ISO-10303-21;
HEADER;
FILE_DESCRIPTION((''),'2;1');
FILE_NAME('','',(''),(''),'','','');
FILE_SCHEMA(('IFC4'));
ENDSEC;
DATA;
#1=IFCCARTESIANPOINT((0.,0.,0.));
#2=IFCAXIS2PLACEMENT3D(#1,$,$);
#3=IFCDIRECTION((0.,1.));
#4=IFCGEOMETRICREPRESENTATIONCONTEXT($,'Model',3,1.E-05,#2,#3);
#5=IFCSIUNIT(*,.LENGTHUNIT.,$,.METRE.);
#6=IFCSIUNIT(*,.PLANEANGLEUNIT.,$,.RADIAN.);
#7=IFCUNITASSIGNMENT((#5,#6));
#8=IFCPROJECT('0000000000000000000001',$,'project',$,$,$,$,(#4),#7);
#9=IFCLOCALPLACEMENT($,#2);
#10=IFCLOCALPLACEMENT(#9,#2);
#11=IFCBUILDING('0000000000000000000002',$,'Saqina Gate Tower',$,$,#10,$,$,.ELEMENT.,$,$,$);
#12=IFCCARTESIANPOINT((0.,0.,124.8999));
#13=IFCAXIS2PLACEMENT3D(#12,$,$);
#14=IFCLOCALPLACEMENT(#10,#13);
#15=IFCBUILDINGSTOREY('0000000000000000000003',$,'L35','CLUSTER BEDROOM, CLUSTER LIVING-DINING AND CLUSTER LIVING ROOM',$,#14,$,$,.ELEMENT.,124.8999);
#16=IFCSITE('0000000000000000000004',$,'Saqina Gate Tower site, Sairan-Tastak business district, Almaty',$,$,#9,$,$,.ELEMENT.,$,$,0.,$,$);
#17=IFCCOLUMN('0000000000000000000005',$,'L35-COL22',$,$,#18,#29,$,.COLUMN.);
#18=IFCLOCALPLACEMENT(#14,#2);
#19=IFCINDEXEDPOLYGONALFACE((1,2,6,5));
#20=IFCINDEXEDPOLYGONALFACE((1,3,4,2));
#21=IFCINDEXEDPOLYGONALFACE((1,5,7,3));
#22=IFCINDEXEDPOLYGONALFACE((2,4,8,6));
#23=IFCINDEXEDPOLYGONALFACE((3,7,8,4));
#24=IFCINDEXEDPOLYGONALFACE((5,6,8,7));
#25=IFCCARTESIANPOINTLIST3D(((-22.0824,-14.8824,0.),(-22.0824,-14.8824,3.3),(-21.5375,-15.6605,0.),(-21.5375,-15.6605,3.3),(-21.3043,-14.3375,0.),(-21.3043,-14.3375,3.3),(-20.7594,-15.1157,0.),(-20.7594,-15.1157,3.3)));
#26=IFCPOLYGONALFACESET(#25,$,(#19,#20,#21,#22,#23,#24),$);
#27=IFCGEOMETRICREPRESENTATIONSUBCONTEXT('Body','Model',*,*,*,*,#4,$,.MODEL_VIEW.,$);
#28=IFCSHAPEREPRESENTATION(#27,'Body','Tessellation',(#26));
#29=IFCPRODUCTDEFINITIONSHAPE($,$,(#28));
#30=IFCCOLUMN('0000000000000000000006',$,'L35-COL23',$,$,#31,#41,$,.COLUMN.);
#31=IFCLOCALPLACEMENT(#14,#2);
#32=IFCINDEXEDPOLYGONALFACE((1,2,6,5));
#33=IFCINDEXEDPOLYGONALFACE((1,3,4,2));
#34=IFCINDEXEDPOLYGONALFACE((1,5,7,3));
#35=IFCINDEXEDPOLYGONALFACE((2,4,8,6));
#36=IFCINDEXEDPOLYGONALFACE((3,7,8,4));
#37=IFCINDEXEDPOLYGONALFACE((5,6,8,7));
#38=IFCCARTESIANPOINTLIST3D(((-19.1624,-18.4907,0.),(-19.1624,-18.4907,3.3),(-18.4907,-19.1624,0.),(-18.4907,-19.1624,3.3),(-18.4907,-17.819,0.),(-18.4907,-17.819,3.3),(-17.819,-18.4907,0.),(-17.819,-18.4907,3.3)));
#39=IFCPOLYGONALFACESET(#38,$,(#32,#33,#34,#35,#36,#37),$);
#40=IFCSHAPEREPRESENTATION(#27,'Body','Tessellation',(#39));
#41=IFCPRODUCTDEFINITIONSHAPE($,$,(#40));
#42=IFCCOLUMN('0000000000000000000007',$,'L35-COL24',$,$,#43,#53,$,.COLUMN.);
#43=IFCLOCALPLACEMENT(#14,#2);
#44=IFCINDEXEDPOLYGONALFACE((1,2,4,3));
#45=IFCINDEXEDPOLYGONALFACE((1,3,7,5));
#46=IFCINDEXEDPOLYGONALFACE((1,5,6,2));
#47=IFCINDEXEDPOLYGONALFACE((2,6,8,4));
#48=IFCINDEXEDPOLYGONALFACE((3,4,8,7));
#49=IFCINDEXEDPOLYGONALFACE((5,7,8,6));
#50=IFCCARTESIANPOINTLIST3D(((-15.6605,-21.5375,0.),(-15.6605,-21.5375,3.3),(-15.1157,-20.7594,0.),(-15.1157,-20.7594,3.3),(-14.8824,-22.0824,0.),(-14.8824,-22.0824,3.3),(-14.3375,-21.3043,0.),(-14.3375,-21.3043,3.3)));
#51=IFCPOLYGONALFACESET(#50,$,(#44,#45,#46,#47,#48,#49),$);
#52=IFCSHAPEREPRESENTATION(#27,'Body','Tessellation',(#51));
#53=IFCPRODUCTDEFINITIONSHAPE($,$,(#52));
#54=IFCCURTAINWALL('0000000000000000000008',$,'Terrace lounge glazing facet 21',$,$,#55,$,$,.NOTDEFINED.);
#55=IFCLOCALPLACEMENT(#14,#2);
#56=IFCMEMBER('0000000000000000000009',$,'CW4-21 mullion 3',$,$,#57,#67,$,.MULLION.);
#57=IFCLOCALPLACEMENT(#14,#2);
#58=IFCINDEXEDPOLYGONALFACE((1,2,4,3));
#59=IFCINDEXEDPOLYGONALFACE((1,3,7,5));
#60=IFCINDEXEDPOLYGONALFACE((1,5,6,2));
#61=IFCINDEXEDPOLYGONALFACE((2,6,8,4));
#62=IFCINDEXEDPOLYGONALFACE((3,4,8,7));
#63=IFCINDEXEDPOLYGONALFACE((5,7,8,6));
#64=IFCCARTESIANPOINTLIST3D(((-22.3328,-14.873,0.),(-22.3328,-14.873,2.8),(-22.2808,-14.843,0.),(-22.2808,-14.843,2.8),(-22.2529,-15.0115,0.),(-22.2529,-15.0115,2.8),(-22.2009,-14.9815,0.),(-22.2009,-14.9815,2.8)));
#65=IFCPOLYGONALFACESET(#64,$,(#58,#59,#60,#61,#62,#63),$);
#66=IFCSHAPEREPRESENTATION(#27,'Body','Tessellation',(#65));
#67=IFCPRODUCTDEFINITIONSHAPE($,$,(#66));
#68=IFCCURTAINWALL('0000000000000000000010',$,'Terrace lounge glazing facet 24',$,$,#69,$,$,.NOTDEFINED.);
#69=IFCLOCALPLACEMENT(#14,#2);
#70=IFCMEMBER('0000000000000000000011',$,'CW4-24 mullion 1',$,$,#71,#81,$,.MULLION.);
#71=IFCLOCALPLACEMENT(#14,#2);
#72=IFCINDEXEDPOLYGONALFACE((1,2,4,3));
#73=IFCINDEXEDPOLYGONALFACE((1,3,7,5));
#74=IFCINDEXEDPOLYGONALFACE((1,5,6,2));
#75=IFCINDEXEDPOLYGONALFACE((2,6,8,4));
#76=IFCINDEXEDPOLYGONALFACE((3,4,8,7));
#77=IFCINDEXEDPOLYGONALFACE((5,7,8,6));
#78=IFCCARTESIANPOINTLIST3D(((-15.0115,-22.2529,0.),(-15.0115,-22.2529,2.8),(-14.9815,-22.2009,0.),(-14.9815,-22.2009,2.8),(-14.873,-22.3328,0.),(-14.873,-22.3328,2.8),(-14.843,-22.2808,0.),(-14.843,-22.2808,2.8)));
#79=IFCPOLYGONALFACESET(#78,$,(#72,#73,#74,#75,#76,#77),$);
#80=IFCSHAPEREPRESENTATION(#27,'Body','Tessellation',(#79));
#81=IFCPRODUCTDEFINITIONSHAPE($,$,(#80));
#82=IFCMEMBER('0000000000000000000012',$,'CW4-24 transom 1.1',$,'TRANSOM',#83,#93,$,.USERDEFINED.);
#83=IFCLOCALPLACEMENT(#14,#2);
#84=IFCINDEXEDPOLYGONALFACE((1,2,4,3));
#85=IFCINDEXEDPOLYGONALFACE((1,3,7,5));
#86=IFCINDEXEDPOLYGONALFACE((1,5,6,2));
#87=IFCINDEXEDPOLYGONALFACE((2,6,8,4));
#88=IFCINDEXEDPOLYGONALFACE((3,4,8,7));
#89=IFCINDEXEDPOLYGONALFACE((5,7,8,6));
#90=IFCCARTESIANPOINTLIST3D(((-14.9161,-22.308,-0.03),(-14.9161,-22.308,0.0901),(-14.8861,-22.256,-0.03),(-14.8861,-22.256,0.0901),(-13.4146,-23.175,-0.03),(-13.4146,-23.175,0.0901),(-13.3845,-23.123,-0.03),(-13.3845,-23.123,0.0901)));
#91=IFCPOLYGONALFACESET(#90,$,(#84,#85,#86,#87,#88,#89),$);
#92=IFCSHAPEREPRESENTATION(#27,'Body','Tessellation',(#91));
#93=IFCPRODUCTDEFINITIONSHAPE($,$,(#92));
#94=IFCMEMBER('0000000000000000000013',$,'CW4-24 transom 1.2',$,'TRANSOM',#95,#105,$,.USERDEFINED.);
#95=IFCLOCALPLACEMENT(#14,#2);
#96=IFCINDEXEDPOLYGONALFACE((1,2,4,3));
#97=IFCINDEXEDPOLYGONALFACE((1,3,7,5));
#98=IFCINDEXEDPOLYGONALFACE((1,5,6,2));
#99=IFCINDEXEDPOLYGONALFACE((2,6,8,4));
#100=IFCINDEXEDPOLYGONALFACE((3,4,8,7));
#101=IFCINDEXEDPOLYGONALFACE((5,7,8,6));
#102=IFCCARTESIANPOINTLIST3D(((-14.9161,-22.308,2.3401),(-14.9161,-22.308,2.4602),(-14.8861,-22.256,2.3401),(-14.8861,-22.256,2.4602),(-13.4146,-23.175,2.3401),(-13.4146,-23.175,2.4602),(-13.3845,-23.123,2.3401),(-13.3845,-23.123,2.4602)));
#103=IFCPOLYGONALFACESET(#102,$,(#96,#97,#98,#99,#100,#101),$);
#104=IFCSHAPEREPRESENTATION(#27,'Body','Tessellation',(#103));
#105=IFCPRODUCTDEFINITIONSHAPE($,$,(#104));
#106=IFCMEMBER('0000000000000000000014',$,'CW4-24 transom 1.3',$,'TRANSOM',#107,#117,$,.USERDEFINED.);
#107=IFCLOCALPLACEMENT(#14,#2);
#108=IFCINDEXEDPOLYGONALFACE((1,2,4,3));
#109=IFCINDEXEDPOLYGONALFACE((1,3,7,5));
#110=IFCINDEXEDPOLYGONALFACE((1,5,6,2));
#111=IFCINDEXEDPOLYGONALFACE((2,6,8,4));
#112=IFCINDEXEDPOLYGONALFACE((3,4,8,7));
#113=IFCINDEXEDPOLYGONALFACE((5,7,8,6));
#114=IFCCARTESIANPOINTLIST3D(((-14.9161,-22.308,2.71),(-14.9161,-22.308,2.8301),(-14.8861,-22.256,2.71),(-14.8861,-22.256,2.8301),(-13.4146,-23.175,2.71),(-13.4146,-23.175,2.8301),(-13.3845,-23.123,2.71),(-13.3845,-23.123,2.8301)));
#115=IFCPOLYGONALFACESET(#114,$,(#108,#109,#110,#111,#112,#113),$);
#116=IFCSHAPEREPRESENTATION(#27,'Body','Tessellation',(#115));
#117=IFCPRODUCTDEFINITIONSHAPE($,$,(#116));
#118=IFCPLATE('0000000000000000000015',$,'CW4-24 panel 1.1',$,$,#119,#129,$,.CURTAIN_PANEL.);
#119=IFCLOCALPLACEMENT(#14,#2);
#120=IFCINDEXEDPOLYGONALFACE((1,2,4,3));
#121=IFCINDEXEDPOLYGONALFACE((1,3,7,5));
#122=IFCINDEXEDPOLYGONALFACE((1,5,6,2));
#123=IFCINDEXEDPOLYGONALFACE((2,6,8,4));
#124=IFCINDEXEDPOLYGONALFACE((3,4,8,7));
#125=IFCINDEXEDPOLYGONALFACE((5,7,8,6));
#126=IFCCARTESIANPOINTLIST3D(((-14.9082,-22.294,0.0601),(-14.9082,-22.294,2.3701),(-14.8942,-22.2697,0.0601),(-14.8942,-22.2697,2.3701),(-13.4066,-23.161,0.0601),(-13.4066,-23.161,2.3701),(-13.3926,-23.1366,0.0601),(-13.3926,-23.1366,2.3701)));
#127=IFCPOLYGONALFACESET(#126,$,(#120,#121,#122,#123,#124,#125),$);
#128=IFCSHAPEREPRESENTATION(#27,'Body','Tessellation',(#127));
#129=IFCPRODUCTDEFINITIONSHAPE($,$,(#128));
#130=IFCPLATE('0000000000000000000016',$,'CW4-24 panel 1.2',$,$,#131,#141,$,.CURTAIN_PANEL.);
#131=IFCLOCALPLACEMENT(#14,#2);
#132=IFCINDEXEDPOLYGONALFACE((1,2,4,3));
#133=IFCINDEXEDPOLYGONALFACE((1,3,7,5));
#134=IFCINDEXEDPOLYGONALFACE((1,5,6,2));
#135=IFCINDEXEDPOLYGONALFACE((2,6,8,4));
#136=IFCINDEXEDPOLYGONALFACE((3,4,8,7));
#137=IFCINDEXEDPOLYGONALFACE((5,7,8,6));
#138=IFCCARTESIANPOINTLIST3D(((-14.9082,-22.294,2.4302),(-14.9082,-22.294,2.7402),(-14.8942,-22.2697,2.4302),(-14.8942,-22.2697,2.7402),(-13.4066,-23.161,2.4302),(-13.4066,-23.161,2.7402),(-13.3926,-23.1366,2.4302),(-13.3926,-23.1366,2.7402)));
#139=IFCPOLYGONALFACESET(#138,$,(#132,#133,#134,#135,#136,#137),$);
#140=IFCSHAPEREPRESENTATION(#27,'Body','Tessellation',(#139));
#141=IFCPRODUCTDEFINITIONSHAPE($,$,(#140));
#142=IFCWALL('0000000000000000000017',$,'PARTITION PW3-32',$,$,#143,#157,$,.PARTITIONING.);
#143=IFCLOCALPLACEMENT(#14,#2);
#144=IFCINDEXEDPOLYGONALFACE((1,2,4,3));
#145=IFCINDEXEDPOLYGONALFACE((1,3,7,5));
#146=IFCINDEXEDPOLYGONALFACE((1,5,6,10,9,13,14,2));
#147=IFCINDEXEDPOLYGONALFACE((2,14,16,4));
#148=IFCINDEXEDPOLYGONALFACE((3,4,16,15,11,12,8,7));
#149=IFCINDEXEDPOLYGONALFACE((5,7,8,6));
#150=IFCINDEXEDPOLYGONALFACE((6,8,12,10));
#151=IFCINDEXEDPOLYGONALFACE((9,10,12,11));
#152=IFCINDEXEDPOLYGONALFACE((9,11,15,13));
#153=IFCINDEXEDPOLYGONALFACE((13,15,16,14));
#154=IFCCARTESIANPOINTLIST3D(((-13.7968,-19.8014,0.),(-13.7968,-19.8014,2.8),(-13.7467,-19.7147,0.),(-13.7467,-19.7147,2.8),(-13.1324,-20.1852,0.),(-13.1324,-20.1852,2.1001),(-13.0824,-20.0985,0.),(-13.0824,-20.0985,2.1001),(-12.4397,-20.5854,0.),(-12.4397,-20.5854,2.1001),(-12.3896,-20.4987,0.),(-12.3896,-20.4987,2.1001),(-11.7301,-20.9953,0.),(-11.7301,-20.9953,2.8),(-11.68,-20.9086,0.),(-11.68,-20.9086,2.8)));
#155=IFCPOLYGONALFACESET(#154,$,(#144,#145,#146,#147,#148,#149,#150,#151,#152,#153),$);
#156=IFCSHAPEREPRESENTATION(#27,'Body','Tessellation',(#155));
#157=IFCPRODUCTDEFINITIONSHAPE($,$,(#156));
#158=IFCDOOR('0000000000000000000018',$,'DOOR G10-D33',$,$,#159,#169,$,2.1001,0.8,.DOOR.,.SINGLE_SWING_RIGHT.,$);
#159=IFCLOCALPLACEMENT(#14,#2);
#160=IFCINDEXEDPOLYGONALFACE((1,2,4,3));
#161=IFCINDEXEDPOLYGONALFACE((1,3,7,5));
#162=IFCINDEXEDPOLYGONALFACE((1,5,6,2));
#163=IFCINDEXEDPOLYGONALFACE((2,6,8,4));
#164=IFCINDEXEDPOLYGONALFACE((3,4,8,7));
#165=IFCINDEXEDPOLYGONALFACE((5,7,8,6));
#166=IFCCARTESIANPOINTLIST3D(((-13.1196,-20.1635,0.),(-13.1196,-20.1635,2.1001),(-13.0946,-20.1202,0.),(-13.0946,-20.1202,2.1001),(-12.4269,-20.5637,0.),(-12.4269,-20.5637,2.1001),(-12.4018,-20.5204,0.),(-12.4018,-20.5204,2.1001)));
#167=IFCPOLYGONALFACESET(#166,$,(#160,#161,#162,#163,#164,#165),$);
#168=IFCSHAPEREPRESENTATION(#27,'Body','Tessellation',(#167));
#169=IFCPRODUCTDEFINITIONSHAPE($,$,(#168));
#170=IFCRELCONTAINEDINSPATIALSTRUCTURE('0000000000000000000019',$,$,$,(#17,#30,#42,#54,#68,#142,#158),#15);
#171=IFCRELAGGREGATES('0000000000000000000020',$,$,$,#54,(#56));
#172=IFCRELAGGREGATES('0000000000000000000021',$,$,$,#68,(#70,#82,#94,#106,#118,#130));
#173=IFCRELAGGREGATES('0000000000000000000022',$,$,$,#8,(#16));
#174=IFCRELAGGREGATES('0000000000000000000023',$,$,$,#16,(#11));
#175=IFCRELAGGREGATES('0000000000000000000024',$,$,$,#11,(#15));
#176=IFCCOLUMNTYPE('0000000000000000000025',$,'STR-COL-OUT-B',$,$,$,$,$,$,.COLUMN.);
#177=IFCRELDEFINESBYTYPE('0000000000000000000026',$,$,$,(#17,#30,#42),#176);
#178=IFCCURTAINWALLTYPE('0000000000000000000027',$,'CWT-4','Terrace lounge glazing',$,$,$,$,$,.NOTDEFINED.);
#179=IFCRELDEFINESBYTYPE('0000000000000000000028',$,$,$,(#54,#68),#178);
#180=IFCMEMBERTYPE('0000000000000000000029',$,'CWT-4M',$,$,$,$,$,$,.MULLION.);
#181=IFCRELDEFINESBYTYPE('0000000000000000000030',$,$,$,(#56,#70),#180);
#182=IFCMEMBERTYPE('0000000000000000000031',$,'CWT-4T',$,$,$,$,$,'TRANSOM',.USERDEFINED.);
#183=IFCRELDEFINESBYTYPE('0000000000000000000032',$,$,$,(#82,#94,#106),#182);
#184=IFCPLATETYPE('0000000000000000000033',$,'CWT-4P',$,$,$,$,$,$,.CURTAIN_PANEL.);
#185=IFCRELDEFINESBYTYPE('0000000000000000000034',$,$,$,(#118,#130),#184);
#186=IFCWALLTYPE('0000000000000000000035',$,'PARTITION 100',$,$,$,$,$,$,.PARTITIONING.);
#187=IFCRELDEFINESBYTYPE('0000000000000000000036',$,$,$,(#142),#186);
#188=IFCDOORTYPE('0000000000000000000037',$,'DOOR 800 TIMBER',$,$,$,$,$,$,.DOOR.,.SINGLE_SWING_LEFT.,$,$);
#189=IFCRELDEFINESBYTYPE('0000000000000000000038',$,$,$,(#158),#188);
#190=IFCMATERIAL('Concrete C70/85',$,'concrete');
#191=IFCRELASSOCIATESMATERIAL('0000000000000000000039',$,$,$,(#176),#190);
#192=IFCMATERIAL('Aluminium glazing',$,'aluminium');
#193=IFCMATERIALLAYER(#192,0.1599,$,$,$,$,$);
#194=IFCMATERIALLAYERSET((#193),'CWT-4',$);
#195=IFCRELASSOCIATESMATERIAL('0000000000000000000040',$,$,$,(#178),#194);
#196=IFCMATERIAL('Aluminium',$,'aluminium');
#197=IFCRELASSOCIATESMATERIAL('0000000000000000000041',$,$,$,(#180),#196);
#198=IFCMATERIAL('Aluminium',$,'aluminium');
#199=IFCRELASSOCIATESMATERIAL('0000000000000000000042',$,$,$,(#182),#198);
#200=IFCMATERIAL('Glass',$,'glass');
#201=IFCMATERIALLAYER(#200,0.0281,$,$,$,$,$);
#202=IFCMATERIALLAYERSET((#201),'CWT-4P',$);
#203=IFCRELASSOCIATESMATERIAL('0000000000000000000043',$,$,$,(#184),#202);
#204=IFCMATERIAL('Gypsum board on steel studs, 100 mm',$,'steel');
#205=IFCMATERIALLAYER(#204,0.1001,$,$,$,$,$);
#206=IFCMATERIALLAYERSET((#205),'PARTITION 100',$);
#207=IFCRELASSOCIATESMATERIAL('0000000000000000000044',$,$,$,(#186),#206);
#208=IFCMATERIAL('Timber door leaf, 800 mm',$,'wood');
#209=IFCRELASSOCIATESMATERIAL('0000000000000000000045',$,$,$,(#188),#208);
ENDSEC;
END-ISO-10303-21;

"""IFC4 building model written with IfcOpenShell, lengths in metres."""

from ifc_helpers import new_model, si_unit, direction, frame, frame_2d, origin, origin_2d, place, context, subcontext, project, spatial, rectangle, extrude, material, layer, layer_set, material_profile, profile_set, type_object, element, fill, aggregate, save


model = new_model("IFC4")

# Units and contexts
model_context = context("Model", 3, precision=1e-05, world=origin(), true_north=direction((0.0, 1.0)))
body_context = subcontext(model_context, "Body", "Model", "MODEL_VIEW")
ifc_project = project(units=[si_unit("LENGTHUNIT", "METRE"), si_unit("PLANEANGLEUNIT", "RADIAN")], contexts=[model_context])

# Site, building, storey
site_placement = place(None, origin())
site = spatial("IfcSite", under=ifc_project, at=site_placement, Name="Saqina Gate Tower site, Sairan-Tastak business district, Almaty", CompositionType="ELEMENT", RefElevation=0.0)
building_placement = place(site_placement, origin())
building = spatial("IfcBuilding", under=site, at=building_placement, Name="Saqina Gate Tower", CompositionType="ELEMENT")
storey_placement = place(building_placement, frame((0.0, 0.0, 124.8999)))
storey = spatial("IfcBuildingStorey", under=building, at=storey_placement, Name="L35", Description="CLUSTER BEDROOM, CLUSTER LIVING-DINING AND CLUSTER LIVING ROOM", CompositionType="ELEMENT", Elevation=124.8999)

# Columns
ifc_material_1 = material(Name="Concrete C70/85", Category="concrete")
ifc_material_profile_1 = material_profile(ifc_material_1, rectangle(XDim=0.95, YDim=0.95, at=origin_2d()), Name="RC 950x950")
ifc_profile_set_1 = profile_set([ifc_material_profile_1], Name="Concrete C70/85")
column_type = type_object("IfcColumnType", Name="STR-COL-OUT-B", PredefinedType="COLUMN", material=ifc_profile_set_1)
for number, where, z_axis, x_axis, name in (
    (1, (-21.4209, -14.999, 0.0), (0.0, 0.0, 1.0), (-0.819152, -0.573576, 0.0), "L35-COL22"),
    (2, (-18.4907, -18.4907, 0.0), (0.0, 0.0, 1.0), (-0.707107, -0.707107, 0.0), "L35-COL23"),
    (3, (-14.999, -21.4209, 0.0), (0.0, 0.0, 1.0), (-0.573576, -0.819152, 0.0), "L35-COL24"),
):
    element("IfcColumn", number, at=place(storey_placement, frame(where, z_axis=z_axis, x_axis=x_axis)), inside=storey, type_object=column_type, Name=name, PredefinedType="COLUMN", context=body_context, shape_type="SweptSolid", body=[
        extrude(rectangle(XDim=0.95, YDim=0.95, at=origin_2d()), origin(), (0.0, 0.0, 1.0), 3.3),
    ])

# Curtain wall, member
ifc_material_2 = material(Name="Aluminium glazing", Category="aluminium")
ifc_layer_1 = layer(ifc_material_2, 0.1599)
ifc_layer_set_1 = layer_set([ifc_layer_1], Name="CWT-4")
curtain_wall_type = type_object("IfcCurtainWallType", Name="CWT-4", Description="Terrace lounge glazing", PredefinedType="NOTDEFINED", material=ifc_layer_set_1)
curtain_wall_1_placement = place(storey_placement, origin())
curtain_wall_1 = element("IfcCurtainWall", 4, at=curtain_wall_1_placement, inside=storey, type_object=curtain_wall_type, Name="Terrace lounge glazing facet 21", PredefinedType="NOTDEFINED")
ifc_material_3 = material(Name="Aluminium", Category="aluminium")
ifc_material_profile_2 = material_profile(ifc_material_3, rectangle(XDim=0.0601, YDim=0.1599, at=origin_2d()), Name="Aluminium 60x160")
ifc_profile_set_2 = profile_set([ifc_material_profile_2], Name="Aluminium")
member_type_1 = type_object("IfcMemberType", Name="CWT-4M", PredefinedType="MULLION", material=ifc_profile_set_2)
member_1_placement = place(storey_placement, frame((-22.2668, -14.9272, 0.0), z_axis=(0.0, 0.0, 1.0), x_axis=(0.866026, 0.499999, 0.0)))
member_1 = element("IfcMember", 5, at=member_1_placement, type_object=member_type_1, Name="CW4-21 mullion 3", PredefinedType="MULLION", context=body_context, shape_type="SweptSolid", body=[
    extrude(rectangle(XDim=0.0601, YDim=0.1599, at=origin_2d()), origin(), (0.0, 0.0, 1.0), 2.8),
])
aggregate(curtain_wall_1, [member_1])

# Curtain wall, members, plates
curtain_wall_2_placement = place(storey_placement, origin())
curtain_wall_2 = element("IfcCurtainWall", 6, at=curtain_wall_2_placement, inside=storey, type_object=curtain_wall_type, Name="Terrace lounge glazing facet 24", PredefinedType="NOTDEFINED")
member_2_placement = place(storey_placement, frame((-14.9272, -22.2668, 0.0), z_axis=(0.0, 0.0, 1.0), x_axis=(0.499999, 0.866026, 0.0)))
member_2 = element("IfcMember", 7, at=member_2_placement, type_object=member_type_1, Name="CW4-24 mullion 1", PredefinedType="MULLION", context=body_context, shape_type="SweptSolid", body=[
    extrude(rectangle(XDim=0.0601, YDim=0.1599, at=origin_2d()), origin(), (0.0, 0.0, 1.0), 2.8),
])
ifc_material_4 = material(Name="Aluminium", Category="aluminium")
ifc_material_profile_3 = material_profile(ifc_material_4, rectangle(XDim=0.0601, YDim=0.1201, at=origin_2d()), Name="Aluminium 60x120")
ifc_profile_set_3 = profile_set([ifc_material_profile_3], Name="Aluminium")
member_type_2 = type_object("IfcMemberType", Name="CWT-4T", ElementType="TRANSOM", PredefinedType="USERDEFINED", material=ifc_profile_set_3)
member_3_placement = place(storey_placement, frame((-14.9011, -22.282, 0.03), z_axis=(0.866007, -0.500031, 0.0), x_axis=(0.500031, 0.866007, 0.0)))
member_3 = element("IfcMember", 8, at=member_3_placement, type_object=member_type_2, Name="CW4-24 transom 1.1", ObjectType="TRANSOM", PredefinedType="USERDEFINED", context=body_context, shape_type="SweptSolid", body=[
    extrude(rectangle(XDim=0.0601, YDim=0.1201, at=origin_2d()), origin(), (0.0, 0.0, 1.0), 1.7339),
])
member_4_placement = place(storey_placement, frame((-14.9011, -22.282, 2.4001), z_axis=(0.866007, -0.500031, 0.0), x_axis=(0.500031, 0.866007, 0.0)))
member_4 = element("IfcMember", 9, at=member_4_placement, type_object=member_type_2, Name="CW4-24 transom 1.2", ObjectType="TRANSOM", PredefinedType="USERDEFINED", context=body_context, shape_type="SweptSolid", body=[
    extrude(rectangle(XDim=0.0601, YDim=0.1201, at=origin_2d()), origin(), (0.0, 0.0, 1.0), 1.7339),
])
member_5_placement = place(storey_placement, frame((-14.9011, -22.282, 2.77), z_axis=(0.866007, -0.500031, 0.0), x_axis=(0.500031, 0.866007, 0.0)))
member_5 = element("IfcMember", 10, at=member_5_placement, type_object=member_type_2, Name="CW4-24 transom 1.3", ObjectType="TRANSOM", PredefinedType="USERDEFINED", context=body_context, shape_type="SweptSolid", body=[
    extrude(rectangle(XDim=0.0601, YDim=0.1201, at=origin_2d()), origin(), (0.0, 0.0, 1.0), 1.7339),
])
ifc_material_5 = material(Name="Glass", Category="glass")
ifc_layer_2 = layer(ifc_material_5, 0.0281)
ifc_layer_set_2 = layer_set([ifc_layer_2], Name="CWT-4P")
plate_type = type_object("IfcPlateType", Name="CWT-4P", PredefinedType="CURTAIN_PANEL", material=ifc_layer_set_2)
plate_1_placement = place(storey_placement, frame((-14.1504, -22.7153, 0.0601), z_axis=(0.0, 0.0, 1.0), x_axis=(0.866026, -0.499999, 0.0)))
plate_1 = element("IfcPlate", 11, at=plate_1_placement, type_object=plate_type, Name="CW4-24 panel 1.1", PredefinedType="CURTAIN_PANEL", context=body_context, shape_type="SweptSolid", body=[
    extrude(rectangle(XDim=1.7339, YDim=0.0281, at=origin_2d()), origin(), (0.0, 0.0, 1.0), 2.3101),
])
plate_2_placement = place(storey_placement, frame((-14.1504, -22.7153, 2.4302), z_axis=(0.0, 0.0, 1.0), x_axis=(0.866026, -0.499999, 0.0)))
plate_2 = element("IfcPlate", 12, at=plate_2_placement, type_object=plate_type, Name="CW4-24 panel 1.2", PredefinedType="CURTAIN_PANEL", context=body_context, shape_type="SweptSolid", body=[
    extrude(rectangle(XDim=1.7339, YDim=0.0281, at=origin_2d()), origin(), (0.0, 0.0, 1.0), 0.3101),
])
aggregate(curtain_wall_2, [member_2, member_3, member_4, member_5, plate_1, plate_2])

# Wall, opening, door
ifc_material_6 = material(Name="Gypsum board on steel studs, 100 mm", Category="steel")
ifc_layer_3 = layer(ifc_material_6, 0.1001)
ifc_layer_set_3 = layer_set([ifc_layer_3], Name="PARTITION 100")
wall_type_1 = type_object("IfcWallType", Name="PARTITION 100", PredefinedType="PARTITIONING", material=ifc_layer_set_3)
wall_1_placement = place(storey_placement, frame((-13.7717, -19.7581, 0.0), z_axis=(0.0, 0.0, 1.0), x_axis=(0.865904, -0.500209, 0.0)))
wall_1 = element("IfcWall", 13, at=wall_1_placement, inside=storey, type_object=wall_type_1, Name="PARTITION PW3-32", PredefinedType="PARTITIONING", context=body_context, shape_type="SweptSolid", body=[
    extrude(rectangle(XDim=2.3867, YDim=0.1001, at=frame_2d((1.1934, 0.0))), origin(), (0.0, 0.0, 1.0), 2.8),
])
opening_1_placement = place(wall_1_placement, frame((0.7673, 0.0, 0.0)))
opening_1 = element("IfcOpeningElement", 14, at=opening_1_placement, cuts=wall_1, PredefinedType="OPENING", context=body_context, shape_type="SweptSolid", body=[
    extrude(rectangle(XDim=0.8, YDim=2.1001, at=frame_2d((0.3999, 1.05))), frame((0.0, 0.062, 0.0), z_axis=(0.0, -1.0, 0.0), x_axis=(1.0, 0.0, 0.0)), (0.0, 0.0, 1.0), 0.124),
])
ifc_material_7 = material(Name="Timber door leaf, 800 mm", Category="wood")
door_type_1 = type_object("IfcDoorType", Name="DOOR 800 TIMBER", OperationType="SINGLE_SWING_LEFT", PredefinedType="DOOR", material=ifc_material_7)
door_1_placement = place(opening_1_placement, frame((0.8, 0.0, 0.0), z_axis=(0.0, 0.0, 1.0), x_axis=(-1.0, 0.0, 0.0)))
door_1 = element("IfcDoor", 15, at=door_1_placement, inside=storey, type_object=door_type_1, Name="DOOR G10-D33", OperationType="SINGLE_SWING_RIGHT", OverallHeight=2.1001, OverallWidth=0.8, PredefinedType="DOOR", context=body_context, shape_type="SweptSolid", body=[
    extrude(rectangle(XDim=0.8, YDim=2.1001, at=frame_2d((0.3999, 1.05))), frame((0.0, 0.0249, 0.0), z_axis=(0.0, -1.0, 0.0), x_axis=(1.0, 0.0, 0.0)), (0.0, 0.0, 1.0), 0.05),
])
fill(opening_1, door_1)

save(model, "model.ifc")
